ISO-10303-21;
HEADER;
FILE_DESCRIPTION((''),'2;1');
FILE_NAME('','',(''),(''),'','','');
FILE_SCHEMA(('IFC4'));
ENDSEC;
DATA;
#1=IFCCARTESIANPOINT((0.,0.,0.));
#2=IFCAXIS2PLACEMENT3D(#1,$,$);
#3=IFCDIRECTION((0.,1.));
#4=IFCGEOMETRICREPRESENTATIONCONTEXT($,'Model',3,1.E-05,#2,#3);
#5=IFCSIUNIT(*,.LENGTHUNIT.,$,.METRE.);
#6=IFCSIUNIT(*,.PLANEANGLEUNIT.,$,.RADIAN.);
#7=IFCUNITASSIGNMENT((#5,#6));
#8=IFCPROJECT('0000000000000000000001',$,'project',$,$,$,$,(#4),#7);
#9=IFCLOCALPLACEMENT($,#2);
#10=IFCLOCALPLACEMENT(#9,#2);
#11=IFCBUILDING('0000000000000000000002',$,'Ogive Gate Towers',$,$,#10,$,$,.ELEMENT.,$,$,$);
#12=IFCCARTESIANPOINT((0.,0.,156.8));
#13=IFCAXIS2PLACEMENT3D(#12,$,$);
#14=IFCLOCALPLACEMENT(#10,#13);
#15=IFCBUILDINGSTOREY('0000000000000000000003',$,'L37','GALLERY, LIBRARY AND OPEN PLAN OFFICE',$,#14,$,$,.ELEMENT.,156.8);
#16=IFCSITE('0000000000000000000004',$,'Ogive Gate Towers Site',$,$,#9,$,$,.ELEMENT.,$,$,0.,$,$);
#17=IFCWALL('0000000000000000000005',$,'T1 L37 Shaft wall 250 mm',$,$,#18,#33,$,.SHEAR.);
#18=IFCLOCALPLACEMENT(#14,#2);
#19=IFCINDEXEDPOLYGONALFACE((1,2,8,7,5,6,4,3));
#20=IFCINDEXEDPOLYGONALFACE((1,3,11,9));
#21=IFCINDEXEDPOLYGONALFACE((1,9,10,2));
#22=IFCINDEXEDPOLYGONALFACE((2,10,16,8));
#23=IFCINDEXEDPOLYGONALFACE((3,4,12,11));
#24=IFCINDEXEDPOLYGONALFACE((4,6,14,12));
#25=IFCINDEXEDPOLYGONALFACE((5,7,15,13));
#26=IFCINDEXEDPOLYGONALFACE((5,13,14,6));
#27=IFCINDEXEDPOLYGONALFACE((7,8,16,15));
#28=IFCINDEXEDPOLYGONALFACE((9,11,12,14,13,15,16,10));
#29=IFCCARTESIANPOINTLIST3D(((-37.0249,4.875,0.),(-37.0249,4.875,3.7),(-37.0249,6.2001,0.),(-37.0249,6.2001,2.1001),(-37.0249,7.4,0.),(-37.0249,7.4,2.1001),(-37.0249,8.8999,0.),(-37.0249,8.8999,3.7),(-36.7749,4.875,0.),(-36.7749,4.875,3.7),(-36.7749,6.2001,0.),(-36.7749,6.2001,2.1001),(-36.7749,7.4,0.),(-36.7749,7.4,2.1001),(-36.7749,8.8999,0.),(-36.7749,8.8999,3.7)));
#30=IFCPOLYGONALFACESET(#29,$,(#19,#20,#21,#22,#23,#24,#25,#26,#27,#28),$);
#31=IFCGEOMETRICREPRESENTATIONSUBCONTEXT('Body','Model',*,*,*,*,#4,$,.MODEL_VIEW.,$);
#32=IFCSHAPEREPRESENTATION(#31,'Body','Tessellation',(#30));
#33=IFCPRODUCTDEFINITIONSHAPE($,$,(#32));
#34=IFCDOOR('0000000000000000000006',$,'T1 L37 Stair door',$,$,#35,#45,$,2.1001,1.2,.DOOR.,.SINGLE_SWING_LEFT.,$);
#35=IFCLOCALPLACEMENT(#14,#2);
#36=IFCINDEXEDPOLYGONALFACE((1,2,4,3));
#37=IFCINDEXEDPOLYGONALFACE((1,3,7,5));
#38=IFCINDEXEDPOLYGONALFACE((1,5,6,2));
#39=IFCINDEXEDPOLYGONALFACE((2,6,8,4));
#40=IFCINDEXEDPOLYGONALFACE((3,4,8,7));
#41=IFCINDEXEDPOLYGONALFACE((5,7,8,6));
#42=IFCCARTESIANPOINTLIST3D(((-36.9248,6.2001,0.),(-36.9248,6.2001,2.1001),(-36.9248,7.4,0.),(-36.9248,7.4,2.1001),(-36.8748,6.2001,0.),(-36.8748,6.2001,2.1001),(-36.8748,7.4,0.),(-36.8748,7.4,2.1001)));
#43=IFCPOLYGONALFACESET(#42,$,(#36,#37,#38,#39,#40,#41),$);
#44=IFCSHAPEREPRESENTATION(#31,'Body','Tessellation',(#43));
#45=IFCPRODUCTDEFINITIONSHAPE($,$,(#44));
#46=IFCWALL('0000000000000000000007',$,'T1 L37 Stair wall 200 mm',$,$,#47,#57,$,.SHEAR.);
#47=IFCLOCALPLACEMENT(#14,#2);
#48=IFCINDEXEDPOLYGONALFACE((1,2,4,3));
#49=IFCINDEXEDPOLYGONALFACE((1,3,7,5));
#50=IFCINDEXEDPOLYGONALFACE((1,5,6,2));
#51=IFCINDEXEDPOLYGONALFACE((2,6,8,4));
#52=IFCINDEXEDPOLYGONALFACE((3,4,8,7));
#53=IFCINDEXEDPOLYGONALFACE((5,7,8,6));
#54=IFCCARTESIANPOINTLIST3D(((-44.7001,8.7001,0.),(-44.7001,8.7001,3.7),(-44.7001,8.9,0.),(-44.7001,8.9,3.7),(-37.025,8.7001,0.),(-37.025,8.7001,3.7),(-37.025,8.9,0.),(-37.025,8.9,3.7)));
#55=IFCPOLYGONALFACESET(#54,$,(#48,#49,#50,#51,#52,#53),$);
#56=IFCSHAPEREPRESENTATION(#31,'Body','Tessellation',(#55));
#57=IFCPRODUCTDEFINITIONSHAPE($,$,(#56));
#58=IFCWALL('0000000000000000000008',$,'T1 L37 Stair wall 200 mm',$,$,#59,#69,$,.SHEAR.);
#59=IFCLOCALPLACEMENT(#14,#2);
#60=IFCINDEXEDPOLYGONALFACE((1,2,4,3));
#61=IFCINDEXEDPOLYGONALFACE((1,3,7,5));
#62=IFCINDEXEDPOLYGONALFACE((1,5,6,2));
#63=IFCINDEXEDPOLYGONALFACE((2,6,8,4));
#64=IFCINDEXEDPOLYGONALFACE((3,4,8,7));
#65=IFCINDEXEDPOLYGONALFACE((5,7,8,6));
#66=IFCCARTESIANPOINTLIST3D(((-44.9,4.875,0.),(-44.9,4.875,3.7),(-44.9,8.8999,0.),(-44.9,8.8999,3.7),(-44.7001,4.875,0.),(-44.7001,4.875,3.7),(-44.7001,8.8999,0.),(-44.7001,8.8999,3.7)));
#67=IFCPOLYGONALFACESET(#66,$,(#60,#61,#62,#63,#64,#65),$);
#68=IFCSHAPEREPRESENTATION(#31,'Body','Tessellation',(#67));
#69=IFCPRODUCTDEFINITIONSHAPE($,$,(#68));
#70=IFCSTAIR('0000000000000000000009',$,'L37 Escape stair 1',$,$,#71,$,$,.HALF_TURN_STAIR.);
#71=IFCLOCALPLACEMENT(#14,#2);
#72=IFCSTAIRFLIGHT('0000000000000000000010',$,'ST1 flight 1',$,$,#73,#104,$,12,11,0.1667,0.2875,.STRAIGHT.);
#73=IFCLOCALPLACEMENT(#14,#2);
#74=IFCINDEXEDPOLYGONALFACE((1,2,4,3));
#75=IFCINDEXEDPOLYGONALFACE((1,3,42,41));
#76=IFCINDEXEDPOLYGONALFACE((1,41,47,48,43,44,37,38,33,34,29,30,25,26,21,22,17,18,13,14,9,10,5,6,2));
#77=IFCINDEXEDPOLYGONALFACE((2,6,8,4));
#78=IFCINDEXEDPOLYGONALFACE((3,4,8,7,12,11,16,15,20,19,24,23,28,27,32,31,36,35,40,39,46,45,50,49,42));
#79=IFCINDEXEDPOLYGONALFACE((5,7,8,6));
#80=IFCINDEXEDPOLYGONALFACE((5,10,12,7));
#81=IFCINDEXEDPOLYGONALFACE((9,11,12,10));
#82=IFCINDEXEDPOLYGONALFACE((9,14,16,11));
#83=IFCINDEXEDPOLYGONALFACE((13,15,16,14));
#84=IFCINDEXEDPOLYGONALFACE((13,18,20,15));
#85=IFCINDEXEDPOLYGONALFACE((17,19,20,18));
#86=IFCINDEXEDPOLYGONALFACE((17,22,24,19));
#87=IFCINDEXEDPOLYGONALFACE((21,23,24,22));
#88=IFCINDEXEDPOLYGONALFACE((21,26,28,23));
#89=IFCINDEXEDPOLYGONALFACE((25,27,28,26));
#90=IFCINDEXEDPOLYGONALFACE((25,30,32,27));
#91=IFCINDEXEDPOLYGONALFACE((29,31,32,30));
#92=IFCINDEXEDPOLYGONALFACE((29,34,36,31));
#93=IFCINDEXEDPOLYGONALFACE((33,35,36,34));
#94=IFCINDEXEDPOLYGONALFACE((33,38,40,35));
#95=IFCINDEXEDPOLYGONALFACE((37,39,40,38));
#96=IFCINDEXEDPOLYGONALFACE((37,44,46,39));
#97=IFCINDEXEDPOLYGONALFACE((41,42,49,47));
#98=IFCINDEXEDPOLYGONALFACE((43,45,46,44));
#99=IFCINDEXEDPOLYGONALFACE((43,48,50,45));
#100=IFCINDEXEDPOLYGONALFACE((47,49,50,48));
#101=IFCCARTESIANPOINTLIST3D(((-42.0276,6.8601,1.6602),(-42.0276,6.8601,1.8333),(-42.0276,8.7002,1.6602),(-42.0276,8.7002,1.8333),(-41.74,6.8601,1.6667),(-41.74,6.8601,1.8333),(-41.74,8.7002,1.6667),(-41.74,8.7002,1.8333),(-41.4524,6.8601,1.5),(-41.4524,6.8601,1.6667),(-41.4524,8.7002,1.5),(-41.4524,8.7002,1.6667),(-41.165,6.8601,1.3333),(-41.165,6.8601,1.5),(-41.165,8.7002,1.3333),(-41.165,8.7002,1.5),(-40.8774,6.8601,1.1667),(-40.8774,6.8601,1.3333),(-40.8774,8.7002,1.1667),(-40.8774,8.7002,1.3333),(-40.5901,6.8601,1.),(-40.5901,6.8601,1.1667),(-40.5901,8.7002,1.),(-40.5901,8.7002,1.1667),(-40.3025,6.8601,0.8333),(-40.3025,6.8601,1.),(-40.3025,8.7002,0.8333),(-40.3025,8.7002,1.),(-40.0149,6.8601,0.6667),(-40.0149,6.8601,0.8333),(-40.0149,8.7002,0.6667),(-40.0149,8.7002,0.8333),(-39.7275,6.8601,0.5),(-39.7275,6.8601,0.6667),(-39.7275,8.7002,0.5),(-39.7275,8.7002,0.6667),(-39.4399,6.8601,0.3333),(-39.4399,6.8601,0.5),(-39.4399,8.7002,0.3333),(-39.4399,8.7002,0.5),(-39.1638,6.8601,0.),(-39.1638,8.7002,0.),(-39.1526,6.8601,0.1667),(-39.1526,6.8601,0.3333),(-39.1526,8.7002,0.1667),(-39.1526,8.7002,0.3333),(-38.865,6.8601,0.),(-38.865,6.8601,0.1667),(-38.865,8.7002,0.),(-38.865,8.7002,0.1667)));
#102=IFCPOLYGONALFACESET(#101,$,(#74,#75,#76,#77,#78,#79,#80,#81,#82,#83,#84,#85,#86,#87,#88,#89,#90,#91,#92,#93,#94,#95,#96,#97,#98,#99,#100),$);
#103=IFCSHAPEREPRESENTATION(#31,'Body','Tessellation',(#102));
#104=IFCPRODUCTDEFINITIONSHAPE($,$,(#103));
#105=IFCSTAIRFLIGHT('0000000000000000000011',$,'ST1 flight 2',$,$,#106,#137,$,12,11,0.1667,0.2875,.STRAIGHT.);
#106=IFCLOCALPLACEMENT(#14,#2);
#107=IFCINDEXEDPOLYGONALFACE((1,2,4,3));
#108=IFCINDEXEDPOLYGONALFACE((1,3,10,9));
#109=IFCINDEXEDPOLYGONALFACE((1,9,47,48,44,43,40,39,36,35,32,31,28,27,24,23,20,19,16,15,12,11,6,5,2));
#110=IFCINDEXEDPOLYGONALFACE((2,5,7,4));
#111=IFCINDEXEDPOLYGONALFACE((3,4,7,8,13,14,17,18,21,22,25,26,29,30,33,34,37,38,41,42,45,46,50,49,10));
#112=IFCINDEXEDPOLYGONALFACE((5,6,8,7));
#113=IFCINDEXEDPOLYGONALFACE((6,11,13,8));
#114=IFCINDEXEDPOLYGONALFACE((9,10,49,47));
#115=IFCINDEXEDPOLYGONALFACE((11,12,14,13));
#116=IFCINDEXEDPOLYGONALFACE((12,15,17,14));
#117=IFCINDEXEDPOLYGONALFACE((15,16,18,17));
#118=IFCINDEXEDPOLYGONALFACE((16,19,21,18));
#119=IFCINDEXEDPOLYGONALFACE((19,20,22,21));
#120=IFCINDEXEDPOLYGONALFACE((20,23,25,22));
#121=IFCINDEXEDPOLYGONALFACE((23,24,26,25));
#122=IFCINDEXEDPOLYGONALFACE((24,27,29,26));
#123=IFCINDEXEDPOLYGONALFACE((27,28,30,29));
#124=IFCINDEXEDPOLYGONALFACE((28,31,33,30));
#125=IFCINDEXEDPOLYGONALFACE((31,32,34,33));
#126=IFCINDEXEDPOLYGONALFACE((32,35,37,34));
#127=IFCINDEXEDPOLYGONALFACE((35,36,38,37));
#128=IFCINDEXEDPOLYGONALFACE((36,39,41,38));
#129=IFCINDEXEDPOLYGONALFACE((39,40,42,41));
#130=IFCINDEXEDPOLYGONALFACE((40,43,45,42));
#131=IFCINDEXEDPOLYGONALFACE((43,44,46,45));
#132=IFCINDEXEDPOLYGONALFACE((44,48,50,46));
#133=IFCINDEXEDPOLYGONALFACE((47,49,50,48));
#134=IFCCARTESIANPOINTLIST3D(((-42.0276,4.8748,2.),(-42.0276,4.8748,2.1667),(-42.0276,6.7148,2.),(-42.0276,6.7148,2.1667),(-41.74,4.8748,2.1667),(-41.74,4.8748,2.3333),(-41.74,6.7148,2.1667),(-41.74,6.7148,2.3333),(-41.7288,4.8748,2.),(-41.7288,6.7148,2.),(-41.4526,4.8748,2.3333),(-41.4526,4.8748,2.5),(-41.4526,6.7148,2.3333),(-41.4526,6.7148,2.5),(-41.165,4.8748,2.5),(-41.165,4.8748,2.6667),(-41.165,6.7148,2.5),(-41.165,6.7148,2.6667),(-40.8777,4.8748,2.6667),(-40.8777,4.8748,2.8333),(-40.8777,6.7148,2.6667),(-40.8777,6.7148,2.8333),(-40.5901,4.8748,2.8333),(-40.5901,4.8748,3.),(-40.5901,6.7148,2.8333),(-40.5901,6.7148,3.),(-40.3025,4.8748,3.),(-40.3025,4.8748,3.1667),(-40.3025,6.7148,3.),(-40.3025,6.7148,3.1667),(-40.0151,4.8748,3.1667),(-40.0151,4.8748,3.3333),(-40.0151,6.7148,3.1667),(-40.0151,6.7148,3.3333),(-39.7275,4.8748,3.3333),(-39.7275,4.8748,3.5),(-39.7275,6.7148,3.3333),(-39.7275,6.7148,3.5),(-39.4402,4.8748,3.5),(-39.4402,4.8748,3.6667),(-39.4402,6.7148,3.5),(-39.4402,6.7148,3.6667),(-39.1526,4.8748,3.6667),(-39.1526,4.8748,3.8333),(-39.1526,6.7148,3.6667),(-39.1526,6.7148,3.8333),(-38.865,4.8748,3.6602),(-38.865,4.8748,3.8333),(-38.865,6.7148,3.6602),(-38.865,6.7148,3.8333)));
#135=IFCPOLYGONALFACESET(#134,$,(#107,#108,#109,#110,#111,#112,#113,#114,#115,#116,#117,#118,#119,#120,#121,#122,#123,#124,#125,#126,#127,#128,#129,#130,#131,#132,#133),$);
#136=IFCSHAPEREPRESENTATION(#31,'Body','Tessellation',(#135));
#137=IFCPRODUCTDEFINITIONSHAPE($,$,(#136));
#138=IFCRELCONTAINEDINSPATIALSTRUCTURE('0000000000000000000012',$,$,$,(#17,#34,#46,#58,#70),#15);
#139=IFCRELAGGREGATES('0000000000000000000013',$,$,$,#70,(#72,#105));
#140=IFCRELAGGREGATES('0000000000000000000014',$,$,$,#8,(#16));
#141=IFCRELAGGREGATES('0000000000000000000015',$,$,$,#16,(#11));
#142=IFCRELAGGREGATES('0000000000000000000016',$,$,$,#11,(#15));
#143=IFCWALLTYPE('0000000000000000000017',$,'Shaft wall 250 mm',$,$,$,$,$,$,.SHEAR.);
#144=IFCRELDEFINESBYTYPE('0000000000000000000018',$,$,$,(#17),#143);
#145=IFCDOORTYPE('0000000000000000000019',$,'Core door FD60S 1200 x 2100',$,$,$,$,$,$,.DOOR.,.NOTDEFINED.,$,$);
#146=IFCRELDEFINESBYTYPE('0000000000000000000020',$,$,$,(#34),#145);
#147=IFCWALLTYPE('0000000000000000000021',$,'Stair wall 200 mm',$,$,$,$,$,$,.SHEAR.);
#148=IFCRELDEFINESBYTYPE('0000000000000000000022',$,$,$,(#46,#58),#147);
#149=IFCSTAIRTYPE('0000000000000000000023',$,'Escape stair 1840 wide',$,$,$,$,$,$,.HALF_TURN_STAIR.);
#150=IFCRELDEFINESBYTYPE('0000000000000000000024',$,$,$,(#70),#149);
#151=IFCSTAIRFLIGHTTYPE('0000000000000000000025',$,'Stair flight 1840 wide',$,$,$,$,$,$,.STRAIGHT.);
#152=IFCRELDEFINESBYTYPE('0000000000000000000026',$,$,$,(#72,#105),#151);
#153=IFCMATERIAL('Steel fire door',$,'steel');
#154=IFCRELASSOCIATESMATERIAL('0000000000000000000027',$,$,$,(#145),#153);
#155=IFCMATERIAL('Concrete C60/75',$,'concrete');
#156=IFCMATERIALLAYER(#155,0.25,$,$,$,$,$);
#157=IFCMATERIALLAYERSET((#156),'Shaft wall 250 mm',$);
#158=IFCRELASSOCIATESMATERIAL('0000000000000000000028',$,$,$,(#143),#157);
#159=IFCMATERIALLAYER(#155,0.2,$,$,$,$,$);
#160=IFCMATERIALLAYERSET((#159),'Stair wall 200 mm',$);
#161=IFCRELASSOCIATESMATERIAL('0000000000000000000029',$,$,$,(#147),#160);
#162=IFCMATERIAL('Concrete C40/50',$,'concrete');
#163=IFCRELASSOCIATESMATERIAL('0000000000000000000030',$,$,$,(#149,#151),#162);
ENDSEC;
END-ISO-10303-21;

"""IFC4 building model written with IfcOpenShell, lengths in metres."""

from ifc_helpers import new_model, si_unit, direction, frame, frame_2d, origin, place, context, subcontext, project, spatial, polyline, rectangle, outline, extrude, material, layer, layer_set, type_object, element, fill, aggregate, save


model = new_model("IFC4")

# Units and contexts
model_context = context("Model", 3, precision=1e-05, world=origin(), true_north=direction((0.0, 1.0)))
body_context = subcontext(model_context, "Body", "Model", "MODEL_VIEW")
ifc_project = project(units=[si_unit("LENGTHUNIT", "METRE"), si_unit("PLANEANGLEUNIT", "RADIAN")], contexts=[model_context])

# Site, building, storey
site_placement = place(None, origin())
site = spatial("IfcSite", under=ifc_project, at=site_placement, Name="Ogive Gate Towers Site", CompositionType="ELEMENT", RefElevation=0.0)
building_placement = place(site_placement, origin())
building = spatial("IfcBuilding", under=site, at=building_placement, Name="Ogive Gate Towers", CompositionType="ELEMENT")
storey_placement = place(building_placement, frame((0.0, 0.0, 156.8)))
storey = spatial("IfcBuildingStorey", under=building, at=storey_placement, Name="L37", Description="GALLERY, LIBRARY AND OPEN PLAN OFFICE", CompositionType="ELEMENT", Elevation=156.8)

# Shared definitions
ifc_material_1 = material(Name="Concrete C60/75", Category="concrete")
ifc_material_2 = material(Name="Steel fire door", Category="steel")
door_type_1 = type_object("IfcDoorType", Name="Core door FD60S 1200 x 2100", OperationType="NOTDEFINED", PredefinedType="DOOR", material=ifc_material_2)

# Shared definitions
ifc_layer_1 = layer(ifc_material_1, 0.25)
ifc_layer_set_1 = layer_set([ifc_layer_1], Name="Shaft wall 250 mm")
wall_type_1 = type_object("IfcWallType", Name="Shaft wall 250 mm", PredefinedType="SHEAR", material=ifc_layer_set_1)

# Wall, opening, door
wall_1_placement = place(storey_placement, frame((-36.8999, 4.875, 0.0), z_axis=(0.0, 0.0, 1.0), x_axis=(0.0, 1.0, 0.0)))
wall_1 = element("IfcWall", 1, at=wall_1_placement, inside=storey, type_object=wall_type_1, Name="T1 L37 Shaft wall 250 mm", PredefinedType="SHEAR", context=body_context, shape_type="SweptSolid", body=[
    extrude(rectangle(XDim=4.0249, YDim=0.25, at=frame_2d((2.0125, 0.0))), origin(), (0.0, 0.0, 1.0), 3.7),
])
opening_1_placement = place(wall_1_placement, frame((1.325, 0.0, 0.0)))
opening_1 = element("IfcOpeningElement", 2, at=opening_1_placement, cuts=wall_1, PredefinedType="OPENING", context=body_context, shape_type="SweptSolid", body=[
    extrude(rectangle(XDim=1.2, YDim=2.1001, at=frame_2d((0.6001, 1.05))), frame((0.0, 0.135, 0.0), z_axis=(0.0, -1.0, 0.0), x_axis=(1.0, 0.0, 0.0)), (0.0, 0.0, 1.0), 0.27),
])
door_1_placement = place(opening_1_placement, origin())
door_1 = element("IfcDoor", 3, at=door_1_placement, inside=storey, type_object=door_type_1, Name="T1 L37 Stair door", OperationType="SINGLE_SWING_LEFT", OverallHeight=2.1001, OverallWidth=1.2, PredefinedType="DOOR", context=body_context, shape_type="SweptSolid", body=[
    extrude(rectangle(XDim=1.2, YDim=2.1001, at=frame_2d((0.6001, 1.05))), frame((0.0, 0.0249, 0.0), z_axis=(0.0, -1.0, 0.0), x_axis=(1.0, 0.0, 0.0)), (0.0, 0.0, 1.0), 0.05),
])
fill(opening_1, door_1)

# Walls
ifc_layer_2 = layer(ifc_material_1, 0.2)
ifc_layer_set_2 = layer_set([ifc_layer_2], Name="Stair wall 200 mm")
wall_type_2 = type_object("IfcWallType", Name="Stair wall 200 mm", PredefinedType="SHEAR", material=ifc_layer_set_2)
wall_2_placement = place(storey_placement, frame((-44.7, 8.8, 0.0), z_axis=(0.0, 0.0, 1.0), x_axis=(1.0, 0.0, 0.0)))
element("IfcWall", 4, at=wall_2_placement, inside=storey, type_object=wall_type_2, Name="T1 L37 Stair wall 200 mm", PredefinedType="SHEAR", context=body_context, shape_type="SweptSolid", body=[
    extrude(rectangle(XDim=7.675, YDim=0.2, at=frame_2d((3.8374, 0.0))), origin(), (0.0, 0.0, 1.0), 3.7),
])
wall_3_placement = place(storey_placement, frame((-44.8, 4.875, 0.0), z_axis=(0.0, 0.0, 1.0), x_axis=(0.0, 1.0, 0.0)))
element("IfcWall", 5, at=wall_3_placement, inside=storey, type_object=wall_type_2, Name="T1 L37 Stair wall 200 mm", PredefinedType="SHEAR", context=body_context, shape_type="SweptSolid", body=[
    extrude(rectangle(XDim=4.0249, YDim=0.2, at=frame_2d((2.0125, 0.0))), origin(), (0.0, 0.0, 1.0), 3.7),
])

# Stair, stair flights
ifc_material_3 = material(Name="Concrete C40/50", Category="concrete")
stair_type = type_object("IfcStairType", Name="Escape stair 1840 wide", PredefinedType="HALF_TURN_STAIR", material=ifc_material_3)
stair_placement = place(storey_placement, origin())
stair = element("IfcStair", 6, at=stair_placement, inside=storey, type_object=stair_type, Name="L37 Escape stair 1", PredefinedType="HALF_TURN_STAIR")
stair_flight_type = type_object("IfcStairFlightType", Name="Stair flight 1840 wide", PredefinedType="STRAIGHT", material=ifc_material_3)
stair_flight_1_placement = place(storey_placement, frame((-38.865, 7.78, 0.0), z_axis=(0.0, 0.0, 1.0), x_axis=(-1.0, 0.0, 0.0)))
stair_flight_1 = element("IfcStairFlight", 7, at=stair_flight_1_placement, type_object=stair_flight_type, Name="ST1 flight 1", NumberOfRisers=12, NumberOfTreads=11, PredefinedType="STRAIGHT", RiserHeight=0.1667, TreadLength=0.2875, context=body_context, shape_type="SweptSolid", body=[
    extrude(outline(polyline([(0.0, 0.0), (0.0, 0.1667), (0.2876, 0.1667), (0.2876, 0.3333), (0.575, 0.3333), (0.575, 0.5), (0.8625, 0.5), (0.8625, 0.6667), (1.1499, 0.6667), (1.1499, 0.8333), (1.4375, 0.8333), (1.4375, 1.0), (1.7251, 1.0), (1.7251, 1.1667), (2.0125, 1.1667), (2.0125, 1.3333), (2.3, 1.3333), (2.3, 1.5), (2.5874, 1.5), (2.5874, 1.6667), (2.875, 1.6667), (2.875, 1.8333), (3.1626, 1.8333), (3.1626, 2.0), (3.1626, 1.6602), (0.2988, 0.0), (0.0, 0.0)])), frame((0.0, 0.9199, 0.0), z_axis=(0.0, -1.0, 0.0), x_axis=(1.0, 0.0, 0.0)), (0.0, 0.0, 1.0), 1.8401),
])
stair_flight_2_placement = place(storey_placement, frame((-42.0276, 5.7949, 2.0), z_axis=(0.0, 0.0, 1.0), x_axis=(1.0, 0.0, 0.0)))
stair_flight_2 = element("IfcStairFlight", 8, at=stair_flight_2_placement, type_object=stair_flight_type, Name="ST1 flight 2", NumberOfRisers=12, NumberOfTreads=11, PredefinedType="STRAIGHT", RiserHeight=0.1667, TreadLength=0.2875, context=body_context, shape_type="SweptSolid", body=[
    extrude(outline(polyline([(0.0, 0.0), (0.0, 0.1667), (0.2876, 0.1667), (0.2876, 0.3333), (0.575, 0.3333), (0.575, 0.5), (0.8625, 0.5), (0.8625, 0.6667), (1.1499, 0.6667), (1.1499, 0.8333), (1.4375, 0.8333), (1.4375, 1.0), (1.7251, 1.0), (1.7251, 1.1667), (2.0125, 1.1667), (2.0125, 1.3333), (2.3, 1.3333), (2.3, 1.5), (2.5874, 1.5), (2.5874, 1.6667), (2.875, 1.6667), (2.875, 1.8333), (3.1626, 1.8333), (3.1626, 2.0), (3.1626, 1.6602), (0.2988, 0.0), (0.0, 0.0)])), frame((0.0, 0.9199, 0.0), z_axis=(0.0, -1.0, 0.0), x_axis=(1.0, 0.0, 0.0)), (0.0, 0.0, 1.0), 1.8401),
])
aggregate(stair, [stair_flight_1, stair_flight_2])

save(model, "model.ifc")
